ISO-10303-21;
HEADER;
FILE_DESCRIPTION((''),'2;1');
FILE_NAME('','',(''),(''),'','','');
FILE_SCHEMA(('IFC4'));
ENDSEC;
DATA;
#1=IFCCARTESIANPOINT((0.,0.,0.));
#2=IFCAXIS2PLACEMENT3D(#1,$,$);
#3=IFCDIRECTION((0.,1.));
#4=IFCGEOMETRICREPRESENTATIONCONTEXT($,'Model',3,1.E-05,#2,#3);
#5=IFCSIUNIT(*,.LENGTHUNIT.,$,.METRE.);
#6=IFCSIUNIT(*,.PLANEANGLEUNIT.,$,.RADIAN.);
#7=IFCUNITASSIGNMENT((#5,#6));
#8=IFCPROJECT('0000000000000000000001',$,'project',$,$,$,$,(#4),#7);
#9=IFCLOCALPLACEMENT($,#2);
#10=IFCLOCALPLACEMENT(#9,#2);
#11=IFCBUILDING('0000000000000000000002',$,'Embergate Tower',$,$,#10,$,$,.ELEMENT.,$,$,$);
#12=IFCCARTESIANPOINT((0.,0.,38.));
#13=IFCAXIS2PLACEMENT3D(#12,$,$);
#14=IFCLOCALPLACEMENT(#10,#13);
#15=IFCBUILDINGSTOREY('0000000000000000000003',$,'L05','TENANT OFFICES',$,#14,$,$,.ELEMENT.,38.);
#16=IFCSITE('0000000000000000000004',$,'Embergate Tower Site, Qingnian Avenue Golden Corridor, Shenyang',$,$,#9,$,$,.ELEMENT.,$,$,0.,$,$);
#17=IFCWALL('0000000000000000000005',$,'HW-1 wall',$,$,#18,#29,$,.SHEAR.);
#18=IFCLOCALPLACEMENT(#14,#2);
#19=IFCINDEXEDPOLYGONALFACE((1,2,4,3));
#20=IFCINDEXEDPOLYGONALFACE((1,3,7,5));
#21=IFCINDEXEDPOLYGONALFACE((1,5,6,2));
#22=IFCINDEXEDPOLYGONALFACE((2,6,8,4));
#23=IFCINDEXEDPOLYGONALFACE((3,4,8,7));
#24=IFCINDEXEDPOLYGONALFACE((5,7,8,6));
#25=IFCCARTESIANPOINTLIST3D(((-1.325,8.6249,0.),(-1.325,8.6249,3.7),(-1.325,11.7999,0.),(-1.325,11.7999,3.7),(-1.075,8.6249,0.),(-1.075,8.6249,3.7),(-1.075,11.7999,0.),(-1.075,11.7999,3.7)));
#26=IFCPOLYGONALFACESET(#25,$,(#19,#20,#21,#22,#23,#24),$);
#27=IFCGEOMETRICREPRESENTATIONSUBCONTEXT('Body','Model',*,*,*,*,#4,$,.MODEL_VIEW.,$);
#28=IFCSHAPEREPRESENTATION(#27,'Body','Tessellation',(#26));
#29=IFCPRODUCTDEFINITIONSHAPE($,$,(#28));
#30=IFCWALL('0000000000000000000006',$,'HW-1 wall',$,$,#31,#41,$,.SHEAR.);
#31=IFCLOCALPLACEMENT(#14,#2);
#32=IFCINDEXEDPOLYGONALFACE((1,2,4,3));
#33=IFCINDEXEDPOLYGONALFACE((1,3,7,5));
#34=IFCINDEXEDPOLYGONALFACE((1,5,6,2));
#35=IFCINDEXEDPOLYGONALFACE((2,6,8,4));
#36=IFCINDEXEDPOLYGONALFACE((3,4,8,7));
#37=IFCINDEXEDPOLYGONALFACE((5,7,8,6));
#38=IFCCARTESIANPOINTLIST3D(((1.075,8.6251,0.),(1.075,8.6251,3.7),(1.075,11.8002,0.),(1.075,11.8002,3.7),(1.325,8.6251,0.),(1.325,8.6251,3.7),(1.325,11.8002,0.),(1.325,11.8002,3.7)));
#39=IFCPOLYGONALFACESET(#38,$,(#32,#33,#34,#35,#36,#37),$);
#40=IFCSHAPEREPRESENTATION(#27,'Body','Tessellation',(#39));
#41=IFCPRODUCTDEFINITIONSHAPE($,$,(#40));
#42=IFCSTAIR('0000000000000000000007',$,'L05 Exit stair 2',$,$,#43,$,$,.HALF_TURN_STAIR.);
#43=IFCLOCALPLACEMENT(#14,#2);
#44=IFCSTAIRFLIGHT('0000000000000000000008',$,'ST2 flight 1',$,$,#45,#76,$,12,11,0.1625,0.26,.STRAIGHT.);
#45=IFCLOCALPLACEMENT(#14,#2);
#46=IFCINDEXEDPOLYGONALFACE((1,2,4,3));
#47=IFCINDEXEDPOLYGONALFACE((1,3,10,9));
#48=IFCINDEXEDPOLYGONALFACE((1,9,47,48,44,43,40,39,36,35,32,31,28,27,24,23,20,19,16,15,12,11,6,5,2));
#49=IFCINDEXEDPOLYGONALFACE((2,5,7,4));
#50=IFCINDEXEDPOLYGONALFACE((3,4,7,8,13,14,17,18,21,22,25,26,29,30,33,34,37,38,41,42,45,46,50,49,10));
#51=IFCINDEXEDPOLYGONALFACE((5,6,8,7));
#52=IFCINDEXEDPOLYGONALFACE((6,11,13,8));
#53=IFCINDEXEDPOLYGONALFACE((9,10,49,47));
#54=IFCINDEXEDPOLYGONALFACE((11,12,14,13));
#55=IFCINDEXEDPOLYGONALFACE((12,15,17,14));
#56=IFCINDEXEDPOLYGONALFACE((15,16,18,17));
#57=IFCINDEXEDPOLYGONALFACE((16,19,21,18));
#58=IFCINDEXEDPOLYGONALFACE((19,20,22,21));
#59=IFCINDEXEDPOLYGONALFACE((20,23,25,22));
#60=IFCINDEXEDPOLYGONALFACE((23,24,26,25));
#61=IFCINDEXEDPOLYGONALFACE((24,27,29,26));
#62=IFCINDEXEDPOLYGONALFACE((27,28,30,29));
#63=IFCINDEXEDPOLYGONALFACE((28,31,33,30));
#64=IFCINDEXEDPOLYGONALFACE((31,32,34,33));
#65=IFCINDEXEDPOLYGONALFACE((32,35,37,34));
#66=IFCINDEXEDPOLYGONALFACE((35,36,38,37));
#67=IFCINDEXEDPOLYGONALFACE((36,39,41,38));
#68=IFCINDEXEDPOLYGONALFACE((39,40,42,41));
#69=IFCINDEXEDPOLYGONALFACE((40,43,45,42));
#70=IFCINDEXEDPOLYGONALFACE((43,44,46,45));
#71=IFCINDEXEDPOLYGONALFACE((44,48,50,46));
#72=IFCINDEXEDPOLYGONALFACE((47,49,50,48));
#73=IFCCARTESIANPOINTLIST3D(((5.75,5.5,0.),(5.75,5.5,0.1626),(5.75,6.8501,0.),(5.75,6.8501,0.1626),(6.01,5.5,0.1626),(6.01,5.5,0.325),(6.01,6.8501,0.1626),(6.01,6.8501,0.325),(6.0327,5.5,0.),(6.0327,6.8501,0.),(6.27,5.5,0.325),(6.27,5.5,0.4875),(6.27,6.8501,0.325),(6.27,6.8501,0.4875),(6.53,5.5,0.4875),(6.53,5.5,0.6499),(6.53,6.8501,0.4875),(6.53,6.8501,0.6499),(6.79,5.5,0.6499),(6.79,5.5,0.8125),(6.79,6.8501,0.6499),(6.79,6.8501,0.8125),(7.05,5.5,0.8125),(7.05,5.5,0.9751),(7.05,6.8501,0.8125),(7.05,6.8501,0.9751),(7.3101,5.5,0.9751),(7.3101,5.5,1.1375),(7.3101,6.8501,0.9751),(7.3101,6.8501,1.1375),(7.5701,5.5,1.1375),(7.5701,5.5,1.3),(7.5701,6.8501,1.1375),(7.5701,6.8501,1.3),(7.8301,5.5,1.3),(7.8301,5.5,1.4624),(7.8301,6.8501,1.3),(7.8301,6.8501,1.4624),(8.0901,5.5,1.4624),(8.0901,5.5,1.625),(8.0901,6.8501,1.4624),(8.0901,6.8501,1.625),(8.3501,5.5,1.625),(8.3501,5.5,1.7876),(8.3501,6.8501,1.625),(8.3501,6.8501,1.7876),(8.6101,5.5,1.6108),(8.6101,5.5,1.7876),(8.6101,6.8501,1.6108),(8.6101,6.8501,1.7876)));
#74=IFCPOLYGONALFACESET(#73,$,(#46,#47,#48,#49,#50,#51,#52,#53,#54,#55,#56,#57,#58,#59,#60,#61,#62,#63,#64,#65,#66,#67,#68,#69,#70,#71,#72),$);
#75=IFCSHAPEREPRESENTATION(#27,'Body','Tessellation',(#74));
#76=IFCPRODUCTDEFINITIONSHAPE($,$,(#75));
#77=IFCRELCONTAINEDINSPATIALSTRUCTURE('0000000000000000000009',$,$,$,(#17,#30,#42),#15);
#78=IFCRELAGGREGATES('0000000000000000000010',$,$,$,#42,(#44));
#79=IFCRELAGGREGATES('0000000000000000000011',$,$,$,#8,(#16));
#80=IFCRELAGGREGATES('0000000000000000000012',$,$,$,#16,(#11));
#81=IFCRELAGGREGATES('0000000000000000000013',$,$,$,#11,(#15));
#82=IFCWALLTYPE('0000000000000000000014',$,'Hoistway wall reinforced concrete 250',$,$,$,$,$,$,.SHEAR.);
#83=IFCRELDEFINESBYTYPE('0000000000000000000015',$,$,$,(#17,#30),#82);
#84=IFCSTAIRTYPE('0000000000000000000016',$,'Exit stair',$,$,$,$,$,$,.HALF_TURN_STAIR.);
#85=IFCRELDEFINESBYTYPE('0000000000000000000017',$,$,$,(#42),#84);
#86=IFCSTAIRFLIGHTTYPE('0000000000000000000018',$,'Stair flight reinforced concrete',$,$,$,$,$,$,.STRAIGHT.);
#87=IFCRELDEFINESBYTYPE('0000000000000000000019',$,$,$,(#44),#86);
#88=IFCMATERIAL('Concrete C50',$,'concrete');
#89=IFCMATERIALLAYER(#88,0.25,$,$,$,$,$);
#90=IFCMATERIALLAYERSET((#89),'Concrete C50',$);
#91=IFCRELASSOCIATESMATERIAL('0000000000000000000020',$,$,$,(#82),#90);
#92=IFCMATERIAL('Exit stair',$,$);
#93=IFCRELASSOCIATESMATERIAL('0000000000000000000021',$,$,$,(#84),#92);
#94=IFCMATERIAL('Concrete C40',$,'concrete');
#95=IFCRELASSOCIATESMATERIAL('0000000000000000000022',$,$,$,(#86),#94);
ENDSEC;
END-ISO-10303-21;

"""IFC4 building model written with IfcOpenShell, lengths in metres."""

from ifc_helpers import new_model, si_unit, direction, frame, frame_2d, origin, place, context, subcontext, project, spatial, polyline, rectangle, outline, extrude, source, transform, mapped, material, layer, layer_set, type_object, element, aggregate, save


model = new_model("IFC4")

# Units and contexts
model_context = context("Model", 3, precision=1e-05, world=origin(), true_north=direction((0.0, 1.0)))
body_context = subcontext(model_context, "Body", "Model", "MODEL_VIEW")
ifc_project = project(units=[si_unit("LENGTHUNIT", "METRE"), si_unit("PLANEANGLEUNIT", "RADIAN")], contexts=[model_context])

# Site, building, storey
site_placement = place(None, origin())
site = spatial("IfcSite", under=ifc_project, at=site_placement, Name="Embergate Tower Site, Qingnian Avenue Golden Corridor, Shenyang", CompositionType="ELEMENT", RefElevation=0.0)
building_placement = place(site_placement, origin())
building = spatial("IfcBuilding", under=site, at=building_placement, Name="Embergate Tower", CompositionType="ELEMENT")
storey_placement = place(building_placement, frame((0.0, 0.0, 38.0)))
storey = spatial("IfcBuildingStorey", under=building, at=storey_placement, Name="L05", Description="TENANT OFFICES", CompositionType="ELEMENT", Elevation=38.0)

# Shared definitions
ifc_material_1 = material(Name="Concrete C50", Category="concrete")
ifc_layer_1 = layer(ifc_material_1, 0.25)
ifc_layer_set_1 = layer_set([ifc_layer_1], Name="Concrete C50")
wall_type_1 = type_object("IfcWallType", Name="Hoistway wall reinforced concrete 250", PredefinedType="SHEAR", material=ifc_layer_set_1)

# Walls
shared_shape_1 = source(origin(), body_context, "Body", "SweptSolid", [
    extrude(rectangle(XDim=3.175, YDim=0.25, at=frame_2d((1.5874, 0.0))), origin(), (0.0, 0.0, 1.0), 3.7),
])
for number, where, z_axis, x_axis, name in (
    (1, (-1.2, 8.625, 0.0), (0.0, 0.0, 1.0), (0.0, 1.0, 0.0), "HW-1 wall"),
    (2, (1.2, 11.8, 0.0), (0.0, 0.0, 1.0), (0.0, -1.0, 0.0), "HW-1 wall"),
):
    element("IfcWall", number, at=place(storey_placement, frame(where, z_axis=z_axis, x_axis=x_axis)), inside=storey, type_object=wall_type_1, Name=name, PredefinedType="SHEAR", context=body_context, shape_type="MappedRepresentation", body=[
        mapped(shared_shape_1, transform((0.0, 0.0, 0.0))),
    ])

# Stair, stair flight
ifc_material_2 = material(Name="Exit stair")
stair_type = type_object("IfcStairType", Name="Exit stair", PredefinedType="HALF_TURN_STAIR", material=ifc_material_2)
stair_placement = place(storey_placement, origin())
stair = element("IfcStair", 3, at=stair_placement, inside=storey, type_object=stair_type, Name="L05 Exit stair 2", PredefinedType="HALF_TURN_STAIR")
ifc_material_3 = material(Name="Concrete C40", Category="concrete")
stair_flight_type = type_object("IfcStairFlightType", Name="Stair flight reinforced concrete", PredefinedType="STRAIGHT", material=ifc_material_3)
shared_shape_2 = source(origin(), body_context, "Body", "SweptSolid", [
    extrude(outline(polyline([(0.0, 0.0), (0.0, 0.1626), (0.26, 0.1626), (0.26, 0.325), (0.52, 0.325), (0.52, 0.4875), (0.78, 0.4875), (0.78, 0.6499), (1.04, 0.6499), (1.04, 0.8125), (1.3, 0.8125), (1.3, 0.9751), (1.5601, 0.9751), (1.5601, 1.1375), (1.8201, 1.1375), (1.8201, 1.3), (2.0801, 1.3), (2.0801, 1.4624), (2.3401, 1.4624), (2.3401, 1.625), (2.6001, 1.625), (2.6001, 1.7876), (2.8601, 1.7876), (2.8601, 1.95), (2.8601, 1.6108), (0.2827, 0.0), (0.0, 0.0)])), frame((0.0, 0.675, 0.0), z_axis=(0.0, -1.0, 0.0), x_axis=(1.0, 0.0, 0.0)), (0.0, 0.0, 1.0), 1.3501),
])
stair_flight_placement = place(storey_placement, frame((5.75, 6.175, 0.0), z_axis=(0.0, 0.0, 1.0), x_axis=(1.0, 0.0, 0.0)))
stair_flight = element("IfcStairFlight", 4, at=stair_flight_placement, type_object=stair_flight_type, Name="ST2 flight 1", NumberOfRisers=12, NumberOfTreads=11, PredefinedType="STRAIGHT", RiserHeight=0.1625, TreadLength=0.26, context=body_context, shape_type="MappedRepresentation", body=[
    mapped(shared_shape_2, transform((0.0, 0.0, 0.0))),
])
aggregate(stair, [stair_flight])

save(model, "model.ifc")
